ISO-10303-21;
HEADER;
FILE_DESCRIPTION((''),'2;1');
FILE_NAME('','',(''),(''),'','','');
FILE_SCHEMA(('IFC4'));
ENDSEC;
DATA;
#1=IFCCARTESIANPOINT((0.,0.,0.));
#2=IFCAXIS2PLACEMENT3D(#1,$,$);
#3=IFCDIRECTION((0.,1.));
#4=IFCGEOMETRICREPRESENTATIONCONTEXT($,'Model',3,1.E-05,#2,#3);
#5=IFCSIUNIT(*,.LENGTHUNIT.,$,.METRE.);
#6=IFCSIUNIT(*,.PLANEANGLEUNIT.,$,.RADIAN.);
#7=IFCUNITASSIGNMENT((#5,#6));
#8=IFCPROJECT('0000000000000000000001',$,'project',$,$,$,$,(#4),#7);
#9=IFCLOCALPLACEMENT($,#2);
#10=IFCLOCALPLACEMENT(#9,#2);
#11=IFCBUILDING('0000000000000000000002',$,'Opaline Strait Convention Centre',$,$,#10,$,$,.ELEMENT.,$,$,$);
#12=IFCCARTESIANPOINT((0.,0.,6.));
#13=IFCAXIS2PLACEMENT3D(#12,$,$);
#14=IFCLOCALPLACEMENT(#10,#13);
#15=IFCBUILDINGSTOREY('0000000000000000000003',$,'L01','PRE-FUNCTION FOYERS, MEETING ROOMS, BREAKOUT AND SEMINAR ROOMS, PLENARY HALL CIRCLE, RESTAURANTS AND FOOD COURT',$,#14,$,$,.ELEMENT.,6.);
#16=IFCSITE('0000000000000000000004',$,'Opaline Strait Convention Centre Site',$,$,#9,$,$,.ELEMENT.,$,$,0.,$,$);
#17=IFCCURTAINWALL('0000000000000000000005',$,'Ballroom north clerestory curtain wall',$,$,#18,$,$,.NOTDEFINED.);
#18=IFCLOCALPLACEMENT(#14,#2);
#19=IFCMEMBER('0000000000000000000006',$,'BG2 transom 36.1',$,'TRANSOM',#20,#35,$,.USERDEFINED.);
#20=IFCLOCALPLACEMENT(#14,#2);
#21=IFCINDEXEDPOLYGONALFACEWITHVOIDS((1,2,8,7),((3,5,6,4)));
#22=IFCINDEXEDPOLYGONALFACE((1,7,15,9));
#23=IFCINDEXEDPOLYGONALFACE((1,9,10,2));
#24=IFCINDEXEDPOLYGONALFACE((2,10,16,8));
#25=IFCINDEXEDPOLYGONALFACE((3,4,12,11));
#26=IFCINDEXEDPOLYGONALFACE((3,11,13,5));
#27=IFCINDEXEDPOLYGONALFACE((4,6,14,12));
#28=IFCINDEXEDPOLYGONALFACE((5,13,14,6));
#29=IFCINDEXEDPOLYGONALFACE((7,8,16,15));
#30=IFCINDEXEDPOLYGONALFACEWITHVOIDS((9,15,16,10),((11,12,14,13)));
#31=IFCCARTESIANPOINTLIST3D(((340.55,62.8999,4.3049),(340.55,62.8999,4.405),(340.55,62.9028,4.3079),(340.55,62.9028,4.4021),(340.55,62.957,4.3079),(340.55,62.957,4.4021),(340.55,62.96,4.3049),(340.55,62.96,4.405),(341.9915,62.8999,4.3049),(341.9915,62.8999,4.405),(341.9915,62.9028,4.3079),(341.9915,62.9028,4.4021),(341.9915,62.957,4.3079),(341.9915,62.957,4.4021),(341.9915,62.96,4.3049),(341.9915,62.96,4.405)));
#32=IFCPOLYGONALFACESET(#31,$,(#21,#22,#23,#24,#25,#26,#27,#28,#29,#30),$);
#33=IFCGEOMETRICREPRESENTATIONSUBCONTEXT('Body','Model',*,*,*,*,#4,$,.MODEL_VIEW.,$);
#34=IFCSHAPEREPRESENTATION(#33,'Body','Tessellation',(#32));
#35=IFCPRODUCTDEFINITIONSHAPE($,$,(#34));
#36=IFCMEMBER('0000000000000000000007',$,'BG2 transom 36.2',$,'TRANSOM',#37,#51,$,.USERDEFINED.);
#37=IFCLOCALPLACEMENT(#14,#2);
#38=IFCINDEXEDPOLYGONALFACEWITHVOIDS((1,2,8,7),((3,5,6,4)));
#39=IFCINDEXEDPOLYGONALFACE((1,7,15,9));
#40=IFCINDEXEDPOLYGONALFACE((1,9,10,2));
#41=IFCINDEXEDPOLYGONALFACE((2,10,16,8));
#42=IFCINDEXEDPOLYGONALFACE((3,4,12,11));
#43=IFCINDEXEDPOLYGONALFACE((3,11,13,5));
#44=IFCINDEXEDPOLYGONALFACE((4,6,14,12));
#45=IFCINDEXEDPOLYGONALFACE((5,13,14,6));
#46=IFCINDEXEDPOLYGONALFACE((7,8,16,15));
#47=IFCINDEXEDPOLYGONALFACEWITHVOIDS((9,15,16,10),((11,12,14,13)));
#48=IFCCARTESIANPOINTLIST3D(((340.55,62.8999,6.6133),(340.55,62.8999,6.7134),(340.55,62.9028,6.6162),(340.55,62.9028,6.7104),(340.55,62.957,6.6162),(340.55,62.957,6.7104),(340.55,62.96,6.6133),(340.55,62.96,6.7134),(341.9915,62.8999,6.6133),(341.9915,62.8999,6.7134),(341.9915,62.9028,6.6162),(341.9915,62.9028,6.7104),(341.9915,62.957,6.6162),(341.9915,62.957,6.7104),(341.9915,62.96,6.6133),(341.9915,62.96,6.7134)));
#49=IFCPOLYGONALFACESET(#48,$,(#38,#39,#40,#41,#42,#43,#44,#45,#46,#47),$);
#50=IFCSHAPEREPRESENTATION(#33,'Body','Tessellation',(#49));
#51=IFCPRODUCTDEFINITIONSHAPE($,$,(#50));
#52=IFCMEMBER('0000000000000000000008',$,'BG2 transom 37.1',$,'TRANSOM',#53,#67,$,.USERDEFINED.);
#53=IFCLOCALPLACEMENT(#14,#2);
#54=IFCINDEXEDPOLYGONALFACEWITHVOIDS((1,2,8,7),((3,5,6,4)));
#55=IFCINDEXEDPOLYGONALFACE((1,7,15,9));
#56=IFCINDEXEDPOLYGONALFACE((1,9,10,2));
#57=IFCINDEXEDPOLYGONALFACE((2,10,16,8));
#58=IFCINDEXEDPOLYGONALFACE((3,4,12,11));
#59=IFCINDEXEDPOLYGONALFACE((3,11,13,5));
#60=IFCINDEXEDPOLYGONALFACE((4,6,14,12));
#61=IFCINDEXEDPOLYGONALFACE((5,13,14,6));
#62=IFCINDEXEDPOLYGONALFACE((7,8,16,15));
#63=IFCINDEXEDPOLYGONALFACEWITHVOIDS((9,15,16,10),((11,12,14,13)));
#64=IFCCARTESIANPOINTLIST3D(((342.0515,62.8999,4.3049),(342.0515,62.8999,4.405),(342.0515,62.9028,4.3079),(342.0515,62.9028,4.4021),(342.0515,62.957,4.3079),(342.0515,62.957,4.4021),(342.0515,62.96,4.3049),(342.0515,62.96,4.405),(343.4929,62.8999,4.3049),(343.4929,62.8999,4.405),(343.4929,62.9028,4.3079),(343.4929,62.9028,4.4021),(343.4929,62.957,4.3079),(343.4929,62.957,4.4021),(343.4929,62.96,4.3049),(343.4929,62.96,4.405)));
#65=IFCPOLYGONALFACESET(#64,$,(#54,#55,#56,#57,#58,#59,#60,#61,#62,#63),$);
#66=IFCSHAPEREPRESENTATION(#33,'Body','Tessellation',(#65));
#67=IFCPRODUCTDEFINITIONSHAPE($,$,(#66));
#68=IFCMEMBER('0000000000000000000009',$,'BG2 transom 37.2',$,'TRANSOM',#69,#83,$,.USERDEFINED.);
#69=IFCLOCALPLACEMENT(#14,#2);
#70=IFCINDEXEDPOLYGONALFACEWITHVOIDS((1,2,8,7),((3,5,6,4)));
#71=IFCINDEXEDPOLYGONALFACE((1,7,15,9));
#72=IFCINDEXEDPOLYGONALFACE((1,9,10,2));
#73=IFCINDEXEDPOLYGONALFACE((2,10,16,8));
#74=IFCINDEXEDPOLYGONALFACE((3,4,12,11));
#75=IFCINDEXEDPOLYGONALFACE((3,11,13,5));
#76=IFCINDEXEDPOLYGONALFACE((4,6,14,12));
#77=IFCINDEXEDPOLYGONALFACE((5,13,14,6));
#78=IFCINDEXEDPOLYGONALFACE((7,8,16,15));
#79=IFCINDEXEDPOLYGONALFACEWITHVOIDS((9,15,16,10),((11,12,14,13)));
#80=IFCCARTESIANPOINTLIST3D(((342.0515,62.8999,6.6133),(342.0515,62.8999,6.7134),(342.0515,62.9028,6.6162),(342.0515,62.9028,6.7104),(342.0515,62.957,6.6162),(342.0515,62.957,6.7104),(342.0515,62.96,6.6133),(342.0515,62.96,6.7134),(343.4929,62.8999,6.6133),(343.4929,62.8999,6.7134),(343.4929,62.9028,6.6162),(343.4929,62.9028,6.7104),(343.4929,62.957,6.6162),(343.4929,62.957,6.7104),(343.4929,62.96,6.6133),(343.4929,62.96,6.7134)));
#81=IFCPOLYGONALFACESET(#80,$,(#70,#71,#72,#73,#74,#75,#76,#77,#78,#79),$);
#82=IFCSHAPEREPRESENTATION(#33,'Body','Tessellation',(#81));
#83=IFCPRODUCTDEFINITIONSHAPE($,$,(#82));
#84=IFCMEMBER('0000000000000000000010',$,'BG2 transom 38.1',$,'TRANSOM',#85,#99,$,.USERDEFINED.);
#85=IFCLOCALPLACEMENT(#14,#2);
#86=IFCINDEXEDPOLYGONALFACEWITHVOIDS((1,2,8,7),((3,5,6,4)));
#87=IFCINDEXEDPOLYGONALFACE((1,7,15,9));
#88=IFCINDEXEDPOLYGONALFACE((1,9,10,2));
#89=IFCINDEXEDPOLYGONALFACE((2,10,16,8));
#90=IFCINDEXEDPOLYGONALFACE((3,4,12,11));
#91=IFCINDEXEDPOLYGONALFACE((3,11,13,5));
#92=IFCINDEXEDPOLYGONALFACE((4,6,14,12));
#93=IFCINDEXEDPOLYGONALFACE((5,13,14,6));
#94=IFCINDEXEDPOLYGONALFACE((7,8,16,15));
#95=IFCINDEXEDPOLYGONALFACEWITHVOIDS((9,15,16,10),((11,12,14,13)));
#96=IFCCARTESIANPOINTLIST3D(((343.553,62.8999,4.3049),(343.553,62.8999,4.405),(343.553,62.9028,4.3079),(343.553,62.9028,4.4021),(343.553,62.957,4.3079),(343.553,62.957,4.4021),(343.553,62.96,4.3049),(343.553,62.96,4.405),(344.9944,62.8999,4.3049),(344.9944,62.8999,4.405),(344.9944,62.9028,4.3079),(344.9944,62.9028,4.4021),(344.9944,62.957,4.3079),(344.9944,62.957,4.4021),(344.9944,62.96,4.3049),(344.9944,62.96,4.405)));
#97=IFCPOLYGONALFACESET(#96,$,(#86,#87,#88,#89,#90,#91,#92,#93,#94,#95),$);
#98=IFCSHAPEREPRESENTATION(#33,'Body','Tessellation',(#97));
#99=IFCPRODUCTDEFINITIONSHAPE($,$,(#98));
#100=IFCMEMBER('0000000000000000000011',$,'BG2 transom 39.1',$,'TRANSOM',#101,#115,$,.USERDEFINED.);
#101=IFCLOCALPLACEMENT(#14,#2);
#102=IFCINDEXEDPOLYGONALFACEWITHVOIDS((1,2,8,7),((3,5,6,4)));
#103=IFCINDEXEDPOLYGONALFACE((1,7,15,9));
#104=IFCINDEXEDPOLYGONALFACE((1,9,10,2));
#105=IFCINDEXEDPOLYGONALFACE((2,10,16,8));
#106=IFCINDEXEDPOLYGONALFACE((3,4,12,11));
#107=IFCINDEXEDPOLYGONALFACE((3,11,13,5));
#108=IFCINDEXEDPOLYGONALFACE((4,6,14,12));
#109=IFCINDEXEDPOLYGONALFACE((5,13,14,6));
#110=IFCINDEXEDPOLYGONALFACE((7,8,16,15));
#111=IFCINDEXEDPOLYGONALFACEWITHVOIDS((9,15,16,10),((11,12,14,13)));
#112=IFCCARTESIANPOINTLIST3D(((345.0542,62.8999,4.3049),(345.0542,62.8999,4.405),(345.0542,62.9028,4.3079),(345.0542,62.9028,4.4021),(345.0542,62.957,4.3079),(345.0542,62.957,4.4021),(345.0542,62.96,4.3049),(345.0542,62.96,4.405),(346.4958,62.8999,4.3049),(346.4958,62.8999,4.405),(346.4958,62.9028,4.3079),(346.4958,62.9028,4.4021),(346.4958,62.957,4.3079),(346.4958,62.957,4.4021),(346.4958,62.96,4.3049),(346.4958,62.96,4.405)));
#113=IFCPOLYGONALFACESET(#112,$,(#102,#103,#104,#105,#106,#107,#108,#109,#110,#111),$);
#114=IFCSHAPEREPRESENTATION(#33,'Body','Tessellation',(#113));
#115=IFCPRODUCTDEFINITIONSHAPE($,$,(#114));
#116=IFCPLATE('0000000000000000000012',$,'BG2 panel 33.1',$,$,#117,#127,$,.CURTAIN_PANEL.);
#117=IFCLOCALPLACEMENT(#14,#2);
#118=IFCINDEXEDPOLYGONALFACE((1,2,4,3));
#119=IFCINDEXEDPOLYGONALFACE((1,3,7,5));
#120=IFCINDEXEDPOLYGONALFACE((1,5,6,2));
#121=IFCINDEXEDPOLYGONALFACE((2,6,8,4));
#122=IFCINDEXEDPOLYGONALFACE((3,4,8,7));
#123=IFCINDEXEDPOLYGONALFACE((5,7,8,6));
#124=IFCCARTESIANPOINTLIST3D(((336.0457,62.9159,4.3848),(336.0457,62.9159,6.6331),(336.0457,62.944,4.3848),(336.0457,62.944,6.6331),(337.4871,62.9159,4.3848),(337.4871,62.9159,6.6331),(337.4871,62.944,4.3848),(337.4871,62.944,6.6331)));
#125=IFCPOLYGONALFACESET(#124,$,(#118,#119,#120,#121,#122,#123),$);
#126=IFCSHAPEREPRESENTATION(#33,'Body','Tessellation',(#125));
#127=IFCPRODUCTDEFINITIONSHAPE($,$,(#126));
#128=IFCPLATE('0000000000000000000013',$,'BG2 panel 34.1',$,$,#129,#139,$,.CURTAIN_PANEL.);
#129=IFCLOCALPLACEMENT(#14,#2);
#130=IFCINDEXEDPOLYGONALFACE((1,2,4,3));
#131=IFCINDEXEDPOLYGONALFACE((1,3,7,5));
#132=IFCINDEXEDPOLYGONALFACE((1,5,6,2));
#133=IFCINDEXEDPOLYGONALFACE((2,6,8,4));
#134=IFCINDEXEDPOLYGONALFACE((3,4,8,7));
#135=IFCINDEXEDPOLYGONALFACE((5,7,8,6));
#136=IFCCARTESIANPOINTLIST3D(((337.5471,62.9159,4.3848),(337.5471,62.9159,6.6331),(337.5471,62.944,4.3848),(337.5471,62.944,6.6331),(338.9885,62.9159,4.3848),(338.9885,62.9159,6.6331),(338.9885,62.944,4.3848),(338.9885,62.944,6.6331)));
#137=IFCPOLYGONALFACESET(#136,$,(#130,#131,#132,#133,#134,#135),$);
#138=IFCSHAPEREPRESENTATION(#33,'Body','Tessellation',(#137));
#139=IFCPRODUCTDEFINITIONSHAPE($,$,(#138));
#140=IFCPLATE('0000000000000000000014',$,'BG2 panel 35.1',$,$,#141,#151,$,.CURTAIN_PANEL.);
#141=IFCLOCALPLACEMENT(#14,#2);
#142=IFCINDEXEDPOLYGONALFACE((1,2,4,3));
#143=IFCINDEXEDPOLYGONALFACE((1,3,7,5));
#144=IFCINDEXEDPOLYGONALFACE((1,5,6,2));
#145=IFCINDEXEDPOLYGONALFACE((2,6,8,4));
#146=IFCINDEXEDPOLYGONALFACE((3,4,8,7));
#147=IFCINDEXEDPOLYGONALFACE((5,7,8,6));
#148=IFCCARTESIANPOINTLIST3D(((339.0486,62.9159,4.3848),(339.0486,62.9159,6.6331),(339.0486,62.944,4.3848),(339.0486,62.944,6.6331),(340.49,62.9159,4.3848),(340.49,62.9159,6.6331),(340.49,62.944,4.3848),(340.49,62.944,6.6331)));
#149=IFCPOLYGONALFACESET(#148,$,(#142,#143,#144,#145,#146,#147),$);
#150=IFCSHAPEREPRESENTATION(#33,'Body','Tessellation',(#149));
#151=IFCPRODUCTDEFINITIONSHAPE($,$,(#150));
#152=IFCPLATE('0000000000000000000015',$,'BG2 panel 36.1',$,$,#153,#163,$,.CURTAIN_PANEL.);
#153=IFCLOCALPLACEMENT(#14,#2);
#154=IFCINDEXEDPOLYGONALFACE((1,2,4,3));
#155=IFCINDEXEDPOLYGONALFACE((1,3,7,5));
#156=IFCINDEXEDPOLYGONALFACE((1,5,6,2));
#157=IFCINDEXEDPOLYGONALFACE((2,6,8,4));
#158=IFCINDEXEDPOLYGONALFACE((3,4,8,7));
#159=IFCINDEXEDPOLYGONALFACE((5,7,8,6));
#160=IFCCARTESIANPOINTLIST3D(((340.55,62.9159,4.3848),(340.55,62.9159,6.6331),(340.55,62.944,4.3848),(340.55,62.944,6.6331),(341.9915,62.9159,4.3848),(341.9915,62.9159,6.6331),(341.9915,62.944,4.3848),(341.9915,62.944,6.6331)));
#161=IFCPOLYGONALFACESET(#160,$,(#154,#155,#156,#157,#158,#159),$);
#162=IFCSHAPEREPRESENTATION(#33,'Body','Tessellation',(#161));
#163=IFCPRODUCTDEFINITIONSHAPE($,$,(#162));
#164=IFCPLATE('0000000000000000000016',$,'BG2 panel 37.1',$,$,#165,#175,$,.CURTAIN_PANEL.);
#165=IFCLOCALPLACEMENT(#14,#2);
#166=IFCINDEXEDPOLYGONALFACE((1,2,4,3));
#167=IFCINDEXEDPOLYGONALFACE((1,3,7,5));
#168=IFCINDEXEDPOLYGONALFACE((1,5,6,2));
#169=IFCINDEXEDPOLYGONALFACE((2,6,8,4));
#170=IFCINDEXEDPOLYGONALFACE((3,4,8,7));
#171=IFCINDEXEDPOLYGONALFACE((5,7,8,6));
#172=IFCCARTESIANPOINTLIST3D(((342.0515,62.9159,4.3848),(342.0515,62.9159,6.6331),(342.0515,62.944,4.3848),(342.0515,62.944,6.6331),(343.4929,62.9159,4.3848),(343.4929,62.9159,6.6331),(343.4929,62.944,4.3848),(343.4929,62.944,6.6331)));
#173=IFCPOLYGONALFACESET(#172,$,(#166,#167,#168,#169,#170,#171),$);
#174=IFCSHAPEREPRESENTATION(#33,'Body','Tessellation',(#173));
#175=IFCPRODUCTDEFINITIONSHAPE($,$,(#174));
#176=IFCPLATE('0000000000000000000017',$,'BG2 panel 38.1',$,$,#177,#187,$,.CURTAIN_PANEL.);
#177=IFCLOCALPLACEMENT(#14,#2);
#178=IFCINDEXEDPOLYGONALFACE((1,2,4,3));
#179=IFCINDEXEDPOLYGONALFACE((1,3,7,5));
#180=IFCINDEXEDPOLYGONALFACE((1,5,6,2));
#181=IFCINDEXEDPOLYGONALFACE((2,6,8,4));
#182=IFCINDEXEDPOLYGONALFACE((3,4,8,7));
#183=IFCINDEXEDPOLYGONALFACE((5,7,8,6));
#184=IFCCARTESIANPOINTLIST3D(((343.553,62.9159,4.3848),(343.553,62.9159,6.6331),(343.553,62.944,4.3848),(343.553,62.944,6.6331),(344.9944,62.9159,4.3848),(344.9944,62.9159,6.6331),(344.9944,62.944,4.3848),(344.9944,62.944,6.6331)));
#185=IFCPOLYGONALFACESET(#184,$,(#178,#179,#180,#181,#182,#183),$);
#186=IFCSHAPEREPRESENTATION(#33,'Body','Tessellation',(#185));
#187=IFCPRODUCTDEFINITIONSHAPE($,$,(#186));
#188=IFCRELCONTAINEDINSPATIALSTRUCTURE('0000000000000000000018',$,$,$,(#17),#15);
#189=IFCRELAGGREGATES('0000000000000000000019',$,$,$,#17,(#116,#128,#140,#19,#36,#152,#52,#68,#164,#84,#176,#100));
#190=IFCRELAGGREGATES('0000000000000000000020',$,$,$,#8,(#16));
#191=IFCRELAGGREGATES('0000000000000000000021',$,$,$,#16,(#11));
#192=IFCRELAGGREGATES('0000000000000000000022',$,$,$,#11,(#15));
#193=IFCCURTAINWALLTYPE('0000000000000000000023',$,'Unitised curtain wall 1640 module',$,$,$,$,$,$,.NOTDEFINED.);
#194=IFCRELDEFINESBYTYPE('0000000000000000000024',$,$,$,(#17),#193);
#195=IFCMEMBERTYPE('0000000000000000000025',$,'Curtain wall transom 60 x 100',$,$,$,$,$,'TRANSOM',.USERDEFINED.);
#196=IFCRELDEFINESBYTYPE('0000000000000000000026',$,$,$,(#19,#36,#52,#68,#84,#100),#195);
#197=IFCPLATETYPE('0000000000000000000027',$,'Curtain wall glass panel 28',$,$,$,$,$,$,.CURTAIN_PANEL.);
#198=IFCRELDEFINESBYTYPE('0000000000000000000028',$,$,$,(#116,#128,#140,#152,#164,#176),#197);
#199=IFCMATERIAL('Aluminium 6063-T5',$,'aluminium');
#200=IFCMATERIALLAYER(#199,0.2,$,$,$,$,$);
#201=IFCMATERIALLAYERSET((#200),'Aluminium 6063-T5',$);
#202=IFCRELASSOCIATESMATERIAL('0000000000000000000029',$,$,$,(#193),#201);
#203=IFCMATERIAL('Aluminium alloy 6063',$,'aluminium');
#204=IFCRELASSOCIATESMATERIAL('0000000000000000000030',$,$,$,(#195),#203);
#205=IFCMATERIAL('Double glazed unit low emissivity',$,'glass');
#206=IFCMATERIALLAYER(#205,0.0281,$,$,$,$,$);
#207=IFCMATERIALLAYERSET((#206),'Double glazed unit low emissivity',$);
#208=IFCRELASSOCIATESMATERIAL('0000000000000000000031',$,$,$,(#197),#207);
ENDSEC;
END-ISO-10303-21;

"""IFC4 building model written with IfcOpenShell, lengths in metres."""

from ifc_helpers import new_model, si_unit, direction, frame, origin, origin_2d, place, context, subcontext, project, spatial, rectangle, hollow_rectangle, extrude, material, layer, layer_set, material_profile, profile_set, type_object, element, aggregate, save


model = new_model("IFC4")

# Units and contexts
model_context = context("Model", 3, precision=1e-05, world=origin(), true_north=direction((0.0, 1.0)))
body_context = subcontext(model_context, "Body", "Model", "MODEL_VIEW")
ifc_project = project(units=[si_unit("LENGTHUNIT", "METRE"), si_unit("PLANEANGLEUNIT", "RADIAN")], contexts=[model_context])

# Site, building, storey
site_placement = place(None, origin())
site = spatial("IfcSite", under=ifc_project, at=site_placement, Name="Opaline Strait Convention Centre Site", CompositionType="ELEMENT", RefElevation=0.0)
building_placement = place(site_placement, origin())
building = spatial("IfcBuilding", under=site, at=building_placement, Name="Opaline Strait Convention Centre", CompositionType="ELEMENT")
storey_placement = place(building_placement, frame((0.0, 0.0, 6.0)))
storey = spatial("IfcBuildingStorey", under=building, at=storey_placement, Name="L01", Description="PRE-FUNCTION FOYERS, MEETING ROOMS, BREAKOUT AND SEMINAR ROOMS, PLENARY HALL CIRCLE, RESTAURANTS AND FOOD COURT", CompositionType="ELEMENT", Elevation=6.0)

# Curtain wall, members, plates
ifc_material_1 = material(Name="Aluminium 6063-T5", Category="aluminium")
ifc_layer_1 = layer(ifc_material_1, 0.2)
ifc_layer_set_1 = layer_set([ifc_layer_1], Name="Aluminium 6063-T5")
curtain_wall_type = type_object("IfcCurtainWallType", Name="Unitised curtain wall 1640 module", PredefinedType="NOTDEFINED", material=ifc_layer_set_1)
curtain_wall_placement = place(storey_placement, origin())
curtain_wall = element("IfcCurtainWall", 1, at=curtain_wall_placement, inside=storey, type_object=curtain_wall_type, Name="Ballroom north clerestory curtain wall", PredefinedType="NOTDEFINED")
ifc_material_2 = material(Name="Aluminium alloy 6063", Category="aluminium")
ifc_material_profile_1 = material_profile(ifc_material_2, hollow_rectangle(XDim=0.0601, YDim=0.1001, WallThickness=0.0029, at=origin_2d()), Name="TRANSOM 60x100x3")
ifc_profile_set_1 = profile_set([ifc_material_profile_1], Name="Aluminium alloy 6063")
member_type_1 = type_object("IfcMemberType", Name="Curtain wall transom 60 x 100", ElementType="TRANSOM", PredefinedType="USERDEFINED", material=ifc_profile_set_1)
member_1_placement = place(storey_placement, frame((340.55, 62.9299, 4.355), z_axis=(1.0, 0.0, 0.0), x_axis=(0.0, 1.0, 0.0)))
member_1 = element("IfcMember", 2, at=member_1_placement, type_object=member_type_1, Name="BG2 transom 36.1", ObjectType="TRANSOM", PredefinedType="USERDEFINED", context=body_context, shape_type="SweptSolid", body=[
    extrude(hollow_rectangle(XDim=0.0601, YDim=0.1001, WallThickness=0.0029, at=origin_2d()), origin(), (0.0, 0.0, 1.0), 1.4414),
])
member_2_placement = place(storey_placement, frame((340.55, 62.9299, 6.6633), z_axis=(1.0, 0.0, 0.0), x_axis=(0.0, 1.0, 0.0)))
member_2 = element("IfcMember", 3, at=member_2_placement, type_object=member_type_1, Name="BG2 transom 36.2", ObjectType="TRANSOM", PredefinedType="USERDEFINED", context=body_context, shape_type="SweptSolid", body=[
    extrude(hollow_rectangle(XDim=0.0601, YDim=0.1001, WallThickness=0.0029, at=origin_2d()), origin(), (0.0, 0.0, 1.0), 1.4414),
])
member_3_placement = place(storey_placement, frame((342.0515, 62.9299, 4.355), z_axis=(1.0, 0.0, 0.0), x_axis=(0.0, 1.0, 0.0)))
member_3 = element("IfcMember", 4, at=member_3_placement, type_object=member_type_1, Name="BG2 transom 37.1", ObjectType="TRANSOM", PredefinedType="USERDEFINED", context=body_context, shape_type="SweptSolid", body=[
    extrude(hollow_rectangle(XDim=0.0601, YDim=0.1001, WallThickness=0.0029, at=origin_2d()), origin(), (0.0, 0.0, 1.0), 1.4414),
])
member_4_placement = place(storey_placement, frame((342.0515, 62.9299, 6.6633), z_axis=(1.0, 0.0, 0.0), x_axis=(0.0, 1.0, 0.0)))
member_4 = element("IfcMember", 5, at=member_4_placement, type_object=member_type_1, Name="BG2 transom 37.2", ObjectType="TRANSOM", PredefinedType="USERDEFINED", context=body_context, shape_type="SweptSolid", body=[
    extrude(hollow_rectangle(XDim=0.0601, YDim=0.1001, WallThickness=0.0029, at=origin_2d()), origin(), (0.0, 0.0, 1.0), 1.4414),
])
member_5_placement = place(storey_placement, frame((343.553, 62.9299, 4.355), z_axis=(1.0, 0.0, 0.0), x_axis=(0.0, 1.0, 0.0)))
member_5 = element("IfcMember", 6, at=member_5_placement, type_object=member_type_1, Name="BG2 transom 38.1", ObjectType="TRANSOM", PredefinedType="USERDEFINED", context=body_context, shape_type="SweptSolid", body=[
    extrude(hollow_rectangle(XDim=0.0601, YDim=0.1001, WallThickness=0.0029, at=origin_2d()), origin(), (0.0, 0.0, 1.0), 1.4414),
])
member_6_placement = place(storey_placement, frame((345.0542, 62.9299, 4.355), z_axis=(1.0, 0.0, 0.0), x_axis=(0.0, 1.0, 0.0)))
member_6 = element("IfcMember", 7, at=member_6_placement, type_object=member_type_1, Name="BG2 transom 39.1", ObjectType="TRANSOM", PredefinedType="USERDEFINED", context=body_context, shape_type="SweptSolid", body=[
    extrude(hollow_rectangle(XDim=0.0601, YDim=0.1001, WallThickness=0.0029, at=origin_2d()), origin(), (0.0, 0.0, 1.0), 1.4417),
])
ifc_material_3 = material(Name="Double glazed unit low emissivity", Category="glass")
ifc_layer_2 = layer(ifc_material_3, 0.0281)
ifc_layer_set_2 = layer_set([ifc_layer_2], Name="Double glazed unit low emissivity")
plate_type = type_object("IfcPlateType", Name="Curtain wall glass panel 28", PredefinedType="CURTAIN_PANEL", material=ifc_layer_set_2)
plate_1_placement = place(storey_placement, frame((336.7664, 62.9299, 4.3848), z_axis=(0.0, 0.0, 1.0), x_axis=(1.0, 0.0, 0.0)))
plate_1 = element("IfcPlate", 8, at=plate_1_placement, type_object=plate_type, Name="BG2 panel 33.1", PredefinedType="CURTAIN_PANEL", context=body_context, shape_type="SweptSolid", body=[
    extrude(rectangle(XDim=1.4414, YDim=0.0281, at=origin_2d()), origin(), (0.0, 0.0, 1.0), 2.2483),
])
plate_2_placement = place(storey_placement, frame((338.2678, 62.9299, 4.3848), z_axis=(0.0, 0.0, 1.0), x_axis=(1.0, 0.0, 0.0)))
plate_2 = element("IfcPlate", 9, at=plate_2_placement, type_object=plate_type, Name="BG2 panel 34.1", PredefinedType="CURTAIN_PANEL", context=body_context, shape_type="SweptSolid", body=[
    extrude(rectangle(XDim=1.4414, YDim=0.0281, at=origin_2d()), origin(), (0.0, 0.0, 1.0), 2.2483),
])
plate_3_placement = place(storey_placement, frame((339.7693, 62.9299, 4.3848), z_axis=(0.0, 0.0, 1.0), x_axis=(1.0, 0.0, 0.0)))
plate_3 = element("IfcPlate", 10, at=plate_3_placement, type_object=plate_type, Name="BG2 panel 35.1", PredefinedType="CURTAIN_PANEL", context=body_context, shape_type="SweptSolid", body=[
    extrude(rectangle(XDim=1.4414, YDim=0.0281, at=origin_2d()), origin(), (0.0, 0.0, 1.0), 2.2483),
])
plate_4_placement = place(storey_placement, frame((341.2708, 62.9299, 4.3848), z_axis=(0.0, 0.0, 1.0), x_axis=(1.0, 0.0, 0.0)))
plate_4 = element("IfcPlate", 11, at=plate_4_placement, type_object=plate_type, Name="BG2 panel 36.1", PredefinedType="CURTAIN_PANEL", context=body_context, shape_type="SweptSolid", body=[
    extrude(rectangle(XDim=1.4414, YDim=0.0281, at=origin_2d()), origin(), (0.0, 0.0, 1.0), 2.2483),
])
plate_5_placement = place(storey_placement, frame((342.7722, 62.9299, 4.3848), z_axis=(0.0, 0.0, 1.0), x_axis=(1.0, 0.0, 0.0)))
plate_5 = element("IfcPlate", 12, at=plate_5_placement, type_object=plate_type, Name="BG2 panel 37.1", PredefinedType="CURTAIN_PANEL", context=body_context, shape_type="SweptSolid", body=[
    extrude(rectangle(XDim=1.4414, YDim=0.0281, at=origin_2d()), origin(), (0.0, 0.0, 1.0), 2.2483),
])
plate_6_placement = place(storey_placement, frame((344.2737, 62.9299, 4.3848), z_axis=(0.0, 0.0, 1.0), x_axis=(1.0, 0.0, 0.0)))
plate_6 = element("IfcPlate", 13, at=plate_6_placement, type_object=plate_type, Name="BG2 panel 38.1", PredefinedType="CURTAIN_PANEL", context=body_context, shape_type="SweptSolid", body=[
    extrude(rectangle(XDim=1.4414, YDim=0.0281, at=origin_2d()), origin(), (0.0, 0.0, 1.0), 2.2483),
])
aggregate(curtain_wall, [plate_1, plate_2, plate_3, member_1, member_2, plate_4, member_3, member_4, plate_5, member_5, plate_6, member_6])

save(model, "model.ifc")
